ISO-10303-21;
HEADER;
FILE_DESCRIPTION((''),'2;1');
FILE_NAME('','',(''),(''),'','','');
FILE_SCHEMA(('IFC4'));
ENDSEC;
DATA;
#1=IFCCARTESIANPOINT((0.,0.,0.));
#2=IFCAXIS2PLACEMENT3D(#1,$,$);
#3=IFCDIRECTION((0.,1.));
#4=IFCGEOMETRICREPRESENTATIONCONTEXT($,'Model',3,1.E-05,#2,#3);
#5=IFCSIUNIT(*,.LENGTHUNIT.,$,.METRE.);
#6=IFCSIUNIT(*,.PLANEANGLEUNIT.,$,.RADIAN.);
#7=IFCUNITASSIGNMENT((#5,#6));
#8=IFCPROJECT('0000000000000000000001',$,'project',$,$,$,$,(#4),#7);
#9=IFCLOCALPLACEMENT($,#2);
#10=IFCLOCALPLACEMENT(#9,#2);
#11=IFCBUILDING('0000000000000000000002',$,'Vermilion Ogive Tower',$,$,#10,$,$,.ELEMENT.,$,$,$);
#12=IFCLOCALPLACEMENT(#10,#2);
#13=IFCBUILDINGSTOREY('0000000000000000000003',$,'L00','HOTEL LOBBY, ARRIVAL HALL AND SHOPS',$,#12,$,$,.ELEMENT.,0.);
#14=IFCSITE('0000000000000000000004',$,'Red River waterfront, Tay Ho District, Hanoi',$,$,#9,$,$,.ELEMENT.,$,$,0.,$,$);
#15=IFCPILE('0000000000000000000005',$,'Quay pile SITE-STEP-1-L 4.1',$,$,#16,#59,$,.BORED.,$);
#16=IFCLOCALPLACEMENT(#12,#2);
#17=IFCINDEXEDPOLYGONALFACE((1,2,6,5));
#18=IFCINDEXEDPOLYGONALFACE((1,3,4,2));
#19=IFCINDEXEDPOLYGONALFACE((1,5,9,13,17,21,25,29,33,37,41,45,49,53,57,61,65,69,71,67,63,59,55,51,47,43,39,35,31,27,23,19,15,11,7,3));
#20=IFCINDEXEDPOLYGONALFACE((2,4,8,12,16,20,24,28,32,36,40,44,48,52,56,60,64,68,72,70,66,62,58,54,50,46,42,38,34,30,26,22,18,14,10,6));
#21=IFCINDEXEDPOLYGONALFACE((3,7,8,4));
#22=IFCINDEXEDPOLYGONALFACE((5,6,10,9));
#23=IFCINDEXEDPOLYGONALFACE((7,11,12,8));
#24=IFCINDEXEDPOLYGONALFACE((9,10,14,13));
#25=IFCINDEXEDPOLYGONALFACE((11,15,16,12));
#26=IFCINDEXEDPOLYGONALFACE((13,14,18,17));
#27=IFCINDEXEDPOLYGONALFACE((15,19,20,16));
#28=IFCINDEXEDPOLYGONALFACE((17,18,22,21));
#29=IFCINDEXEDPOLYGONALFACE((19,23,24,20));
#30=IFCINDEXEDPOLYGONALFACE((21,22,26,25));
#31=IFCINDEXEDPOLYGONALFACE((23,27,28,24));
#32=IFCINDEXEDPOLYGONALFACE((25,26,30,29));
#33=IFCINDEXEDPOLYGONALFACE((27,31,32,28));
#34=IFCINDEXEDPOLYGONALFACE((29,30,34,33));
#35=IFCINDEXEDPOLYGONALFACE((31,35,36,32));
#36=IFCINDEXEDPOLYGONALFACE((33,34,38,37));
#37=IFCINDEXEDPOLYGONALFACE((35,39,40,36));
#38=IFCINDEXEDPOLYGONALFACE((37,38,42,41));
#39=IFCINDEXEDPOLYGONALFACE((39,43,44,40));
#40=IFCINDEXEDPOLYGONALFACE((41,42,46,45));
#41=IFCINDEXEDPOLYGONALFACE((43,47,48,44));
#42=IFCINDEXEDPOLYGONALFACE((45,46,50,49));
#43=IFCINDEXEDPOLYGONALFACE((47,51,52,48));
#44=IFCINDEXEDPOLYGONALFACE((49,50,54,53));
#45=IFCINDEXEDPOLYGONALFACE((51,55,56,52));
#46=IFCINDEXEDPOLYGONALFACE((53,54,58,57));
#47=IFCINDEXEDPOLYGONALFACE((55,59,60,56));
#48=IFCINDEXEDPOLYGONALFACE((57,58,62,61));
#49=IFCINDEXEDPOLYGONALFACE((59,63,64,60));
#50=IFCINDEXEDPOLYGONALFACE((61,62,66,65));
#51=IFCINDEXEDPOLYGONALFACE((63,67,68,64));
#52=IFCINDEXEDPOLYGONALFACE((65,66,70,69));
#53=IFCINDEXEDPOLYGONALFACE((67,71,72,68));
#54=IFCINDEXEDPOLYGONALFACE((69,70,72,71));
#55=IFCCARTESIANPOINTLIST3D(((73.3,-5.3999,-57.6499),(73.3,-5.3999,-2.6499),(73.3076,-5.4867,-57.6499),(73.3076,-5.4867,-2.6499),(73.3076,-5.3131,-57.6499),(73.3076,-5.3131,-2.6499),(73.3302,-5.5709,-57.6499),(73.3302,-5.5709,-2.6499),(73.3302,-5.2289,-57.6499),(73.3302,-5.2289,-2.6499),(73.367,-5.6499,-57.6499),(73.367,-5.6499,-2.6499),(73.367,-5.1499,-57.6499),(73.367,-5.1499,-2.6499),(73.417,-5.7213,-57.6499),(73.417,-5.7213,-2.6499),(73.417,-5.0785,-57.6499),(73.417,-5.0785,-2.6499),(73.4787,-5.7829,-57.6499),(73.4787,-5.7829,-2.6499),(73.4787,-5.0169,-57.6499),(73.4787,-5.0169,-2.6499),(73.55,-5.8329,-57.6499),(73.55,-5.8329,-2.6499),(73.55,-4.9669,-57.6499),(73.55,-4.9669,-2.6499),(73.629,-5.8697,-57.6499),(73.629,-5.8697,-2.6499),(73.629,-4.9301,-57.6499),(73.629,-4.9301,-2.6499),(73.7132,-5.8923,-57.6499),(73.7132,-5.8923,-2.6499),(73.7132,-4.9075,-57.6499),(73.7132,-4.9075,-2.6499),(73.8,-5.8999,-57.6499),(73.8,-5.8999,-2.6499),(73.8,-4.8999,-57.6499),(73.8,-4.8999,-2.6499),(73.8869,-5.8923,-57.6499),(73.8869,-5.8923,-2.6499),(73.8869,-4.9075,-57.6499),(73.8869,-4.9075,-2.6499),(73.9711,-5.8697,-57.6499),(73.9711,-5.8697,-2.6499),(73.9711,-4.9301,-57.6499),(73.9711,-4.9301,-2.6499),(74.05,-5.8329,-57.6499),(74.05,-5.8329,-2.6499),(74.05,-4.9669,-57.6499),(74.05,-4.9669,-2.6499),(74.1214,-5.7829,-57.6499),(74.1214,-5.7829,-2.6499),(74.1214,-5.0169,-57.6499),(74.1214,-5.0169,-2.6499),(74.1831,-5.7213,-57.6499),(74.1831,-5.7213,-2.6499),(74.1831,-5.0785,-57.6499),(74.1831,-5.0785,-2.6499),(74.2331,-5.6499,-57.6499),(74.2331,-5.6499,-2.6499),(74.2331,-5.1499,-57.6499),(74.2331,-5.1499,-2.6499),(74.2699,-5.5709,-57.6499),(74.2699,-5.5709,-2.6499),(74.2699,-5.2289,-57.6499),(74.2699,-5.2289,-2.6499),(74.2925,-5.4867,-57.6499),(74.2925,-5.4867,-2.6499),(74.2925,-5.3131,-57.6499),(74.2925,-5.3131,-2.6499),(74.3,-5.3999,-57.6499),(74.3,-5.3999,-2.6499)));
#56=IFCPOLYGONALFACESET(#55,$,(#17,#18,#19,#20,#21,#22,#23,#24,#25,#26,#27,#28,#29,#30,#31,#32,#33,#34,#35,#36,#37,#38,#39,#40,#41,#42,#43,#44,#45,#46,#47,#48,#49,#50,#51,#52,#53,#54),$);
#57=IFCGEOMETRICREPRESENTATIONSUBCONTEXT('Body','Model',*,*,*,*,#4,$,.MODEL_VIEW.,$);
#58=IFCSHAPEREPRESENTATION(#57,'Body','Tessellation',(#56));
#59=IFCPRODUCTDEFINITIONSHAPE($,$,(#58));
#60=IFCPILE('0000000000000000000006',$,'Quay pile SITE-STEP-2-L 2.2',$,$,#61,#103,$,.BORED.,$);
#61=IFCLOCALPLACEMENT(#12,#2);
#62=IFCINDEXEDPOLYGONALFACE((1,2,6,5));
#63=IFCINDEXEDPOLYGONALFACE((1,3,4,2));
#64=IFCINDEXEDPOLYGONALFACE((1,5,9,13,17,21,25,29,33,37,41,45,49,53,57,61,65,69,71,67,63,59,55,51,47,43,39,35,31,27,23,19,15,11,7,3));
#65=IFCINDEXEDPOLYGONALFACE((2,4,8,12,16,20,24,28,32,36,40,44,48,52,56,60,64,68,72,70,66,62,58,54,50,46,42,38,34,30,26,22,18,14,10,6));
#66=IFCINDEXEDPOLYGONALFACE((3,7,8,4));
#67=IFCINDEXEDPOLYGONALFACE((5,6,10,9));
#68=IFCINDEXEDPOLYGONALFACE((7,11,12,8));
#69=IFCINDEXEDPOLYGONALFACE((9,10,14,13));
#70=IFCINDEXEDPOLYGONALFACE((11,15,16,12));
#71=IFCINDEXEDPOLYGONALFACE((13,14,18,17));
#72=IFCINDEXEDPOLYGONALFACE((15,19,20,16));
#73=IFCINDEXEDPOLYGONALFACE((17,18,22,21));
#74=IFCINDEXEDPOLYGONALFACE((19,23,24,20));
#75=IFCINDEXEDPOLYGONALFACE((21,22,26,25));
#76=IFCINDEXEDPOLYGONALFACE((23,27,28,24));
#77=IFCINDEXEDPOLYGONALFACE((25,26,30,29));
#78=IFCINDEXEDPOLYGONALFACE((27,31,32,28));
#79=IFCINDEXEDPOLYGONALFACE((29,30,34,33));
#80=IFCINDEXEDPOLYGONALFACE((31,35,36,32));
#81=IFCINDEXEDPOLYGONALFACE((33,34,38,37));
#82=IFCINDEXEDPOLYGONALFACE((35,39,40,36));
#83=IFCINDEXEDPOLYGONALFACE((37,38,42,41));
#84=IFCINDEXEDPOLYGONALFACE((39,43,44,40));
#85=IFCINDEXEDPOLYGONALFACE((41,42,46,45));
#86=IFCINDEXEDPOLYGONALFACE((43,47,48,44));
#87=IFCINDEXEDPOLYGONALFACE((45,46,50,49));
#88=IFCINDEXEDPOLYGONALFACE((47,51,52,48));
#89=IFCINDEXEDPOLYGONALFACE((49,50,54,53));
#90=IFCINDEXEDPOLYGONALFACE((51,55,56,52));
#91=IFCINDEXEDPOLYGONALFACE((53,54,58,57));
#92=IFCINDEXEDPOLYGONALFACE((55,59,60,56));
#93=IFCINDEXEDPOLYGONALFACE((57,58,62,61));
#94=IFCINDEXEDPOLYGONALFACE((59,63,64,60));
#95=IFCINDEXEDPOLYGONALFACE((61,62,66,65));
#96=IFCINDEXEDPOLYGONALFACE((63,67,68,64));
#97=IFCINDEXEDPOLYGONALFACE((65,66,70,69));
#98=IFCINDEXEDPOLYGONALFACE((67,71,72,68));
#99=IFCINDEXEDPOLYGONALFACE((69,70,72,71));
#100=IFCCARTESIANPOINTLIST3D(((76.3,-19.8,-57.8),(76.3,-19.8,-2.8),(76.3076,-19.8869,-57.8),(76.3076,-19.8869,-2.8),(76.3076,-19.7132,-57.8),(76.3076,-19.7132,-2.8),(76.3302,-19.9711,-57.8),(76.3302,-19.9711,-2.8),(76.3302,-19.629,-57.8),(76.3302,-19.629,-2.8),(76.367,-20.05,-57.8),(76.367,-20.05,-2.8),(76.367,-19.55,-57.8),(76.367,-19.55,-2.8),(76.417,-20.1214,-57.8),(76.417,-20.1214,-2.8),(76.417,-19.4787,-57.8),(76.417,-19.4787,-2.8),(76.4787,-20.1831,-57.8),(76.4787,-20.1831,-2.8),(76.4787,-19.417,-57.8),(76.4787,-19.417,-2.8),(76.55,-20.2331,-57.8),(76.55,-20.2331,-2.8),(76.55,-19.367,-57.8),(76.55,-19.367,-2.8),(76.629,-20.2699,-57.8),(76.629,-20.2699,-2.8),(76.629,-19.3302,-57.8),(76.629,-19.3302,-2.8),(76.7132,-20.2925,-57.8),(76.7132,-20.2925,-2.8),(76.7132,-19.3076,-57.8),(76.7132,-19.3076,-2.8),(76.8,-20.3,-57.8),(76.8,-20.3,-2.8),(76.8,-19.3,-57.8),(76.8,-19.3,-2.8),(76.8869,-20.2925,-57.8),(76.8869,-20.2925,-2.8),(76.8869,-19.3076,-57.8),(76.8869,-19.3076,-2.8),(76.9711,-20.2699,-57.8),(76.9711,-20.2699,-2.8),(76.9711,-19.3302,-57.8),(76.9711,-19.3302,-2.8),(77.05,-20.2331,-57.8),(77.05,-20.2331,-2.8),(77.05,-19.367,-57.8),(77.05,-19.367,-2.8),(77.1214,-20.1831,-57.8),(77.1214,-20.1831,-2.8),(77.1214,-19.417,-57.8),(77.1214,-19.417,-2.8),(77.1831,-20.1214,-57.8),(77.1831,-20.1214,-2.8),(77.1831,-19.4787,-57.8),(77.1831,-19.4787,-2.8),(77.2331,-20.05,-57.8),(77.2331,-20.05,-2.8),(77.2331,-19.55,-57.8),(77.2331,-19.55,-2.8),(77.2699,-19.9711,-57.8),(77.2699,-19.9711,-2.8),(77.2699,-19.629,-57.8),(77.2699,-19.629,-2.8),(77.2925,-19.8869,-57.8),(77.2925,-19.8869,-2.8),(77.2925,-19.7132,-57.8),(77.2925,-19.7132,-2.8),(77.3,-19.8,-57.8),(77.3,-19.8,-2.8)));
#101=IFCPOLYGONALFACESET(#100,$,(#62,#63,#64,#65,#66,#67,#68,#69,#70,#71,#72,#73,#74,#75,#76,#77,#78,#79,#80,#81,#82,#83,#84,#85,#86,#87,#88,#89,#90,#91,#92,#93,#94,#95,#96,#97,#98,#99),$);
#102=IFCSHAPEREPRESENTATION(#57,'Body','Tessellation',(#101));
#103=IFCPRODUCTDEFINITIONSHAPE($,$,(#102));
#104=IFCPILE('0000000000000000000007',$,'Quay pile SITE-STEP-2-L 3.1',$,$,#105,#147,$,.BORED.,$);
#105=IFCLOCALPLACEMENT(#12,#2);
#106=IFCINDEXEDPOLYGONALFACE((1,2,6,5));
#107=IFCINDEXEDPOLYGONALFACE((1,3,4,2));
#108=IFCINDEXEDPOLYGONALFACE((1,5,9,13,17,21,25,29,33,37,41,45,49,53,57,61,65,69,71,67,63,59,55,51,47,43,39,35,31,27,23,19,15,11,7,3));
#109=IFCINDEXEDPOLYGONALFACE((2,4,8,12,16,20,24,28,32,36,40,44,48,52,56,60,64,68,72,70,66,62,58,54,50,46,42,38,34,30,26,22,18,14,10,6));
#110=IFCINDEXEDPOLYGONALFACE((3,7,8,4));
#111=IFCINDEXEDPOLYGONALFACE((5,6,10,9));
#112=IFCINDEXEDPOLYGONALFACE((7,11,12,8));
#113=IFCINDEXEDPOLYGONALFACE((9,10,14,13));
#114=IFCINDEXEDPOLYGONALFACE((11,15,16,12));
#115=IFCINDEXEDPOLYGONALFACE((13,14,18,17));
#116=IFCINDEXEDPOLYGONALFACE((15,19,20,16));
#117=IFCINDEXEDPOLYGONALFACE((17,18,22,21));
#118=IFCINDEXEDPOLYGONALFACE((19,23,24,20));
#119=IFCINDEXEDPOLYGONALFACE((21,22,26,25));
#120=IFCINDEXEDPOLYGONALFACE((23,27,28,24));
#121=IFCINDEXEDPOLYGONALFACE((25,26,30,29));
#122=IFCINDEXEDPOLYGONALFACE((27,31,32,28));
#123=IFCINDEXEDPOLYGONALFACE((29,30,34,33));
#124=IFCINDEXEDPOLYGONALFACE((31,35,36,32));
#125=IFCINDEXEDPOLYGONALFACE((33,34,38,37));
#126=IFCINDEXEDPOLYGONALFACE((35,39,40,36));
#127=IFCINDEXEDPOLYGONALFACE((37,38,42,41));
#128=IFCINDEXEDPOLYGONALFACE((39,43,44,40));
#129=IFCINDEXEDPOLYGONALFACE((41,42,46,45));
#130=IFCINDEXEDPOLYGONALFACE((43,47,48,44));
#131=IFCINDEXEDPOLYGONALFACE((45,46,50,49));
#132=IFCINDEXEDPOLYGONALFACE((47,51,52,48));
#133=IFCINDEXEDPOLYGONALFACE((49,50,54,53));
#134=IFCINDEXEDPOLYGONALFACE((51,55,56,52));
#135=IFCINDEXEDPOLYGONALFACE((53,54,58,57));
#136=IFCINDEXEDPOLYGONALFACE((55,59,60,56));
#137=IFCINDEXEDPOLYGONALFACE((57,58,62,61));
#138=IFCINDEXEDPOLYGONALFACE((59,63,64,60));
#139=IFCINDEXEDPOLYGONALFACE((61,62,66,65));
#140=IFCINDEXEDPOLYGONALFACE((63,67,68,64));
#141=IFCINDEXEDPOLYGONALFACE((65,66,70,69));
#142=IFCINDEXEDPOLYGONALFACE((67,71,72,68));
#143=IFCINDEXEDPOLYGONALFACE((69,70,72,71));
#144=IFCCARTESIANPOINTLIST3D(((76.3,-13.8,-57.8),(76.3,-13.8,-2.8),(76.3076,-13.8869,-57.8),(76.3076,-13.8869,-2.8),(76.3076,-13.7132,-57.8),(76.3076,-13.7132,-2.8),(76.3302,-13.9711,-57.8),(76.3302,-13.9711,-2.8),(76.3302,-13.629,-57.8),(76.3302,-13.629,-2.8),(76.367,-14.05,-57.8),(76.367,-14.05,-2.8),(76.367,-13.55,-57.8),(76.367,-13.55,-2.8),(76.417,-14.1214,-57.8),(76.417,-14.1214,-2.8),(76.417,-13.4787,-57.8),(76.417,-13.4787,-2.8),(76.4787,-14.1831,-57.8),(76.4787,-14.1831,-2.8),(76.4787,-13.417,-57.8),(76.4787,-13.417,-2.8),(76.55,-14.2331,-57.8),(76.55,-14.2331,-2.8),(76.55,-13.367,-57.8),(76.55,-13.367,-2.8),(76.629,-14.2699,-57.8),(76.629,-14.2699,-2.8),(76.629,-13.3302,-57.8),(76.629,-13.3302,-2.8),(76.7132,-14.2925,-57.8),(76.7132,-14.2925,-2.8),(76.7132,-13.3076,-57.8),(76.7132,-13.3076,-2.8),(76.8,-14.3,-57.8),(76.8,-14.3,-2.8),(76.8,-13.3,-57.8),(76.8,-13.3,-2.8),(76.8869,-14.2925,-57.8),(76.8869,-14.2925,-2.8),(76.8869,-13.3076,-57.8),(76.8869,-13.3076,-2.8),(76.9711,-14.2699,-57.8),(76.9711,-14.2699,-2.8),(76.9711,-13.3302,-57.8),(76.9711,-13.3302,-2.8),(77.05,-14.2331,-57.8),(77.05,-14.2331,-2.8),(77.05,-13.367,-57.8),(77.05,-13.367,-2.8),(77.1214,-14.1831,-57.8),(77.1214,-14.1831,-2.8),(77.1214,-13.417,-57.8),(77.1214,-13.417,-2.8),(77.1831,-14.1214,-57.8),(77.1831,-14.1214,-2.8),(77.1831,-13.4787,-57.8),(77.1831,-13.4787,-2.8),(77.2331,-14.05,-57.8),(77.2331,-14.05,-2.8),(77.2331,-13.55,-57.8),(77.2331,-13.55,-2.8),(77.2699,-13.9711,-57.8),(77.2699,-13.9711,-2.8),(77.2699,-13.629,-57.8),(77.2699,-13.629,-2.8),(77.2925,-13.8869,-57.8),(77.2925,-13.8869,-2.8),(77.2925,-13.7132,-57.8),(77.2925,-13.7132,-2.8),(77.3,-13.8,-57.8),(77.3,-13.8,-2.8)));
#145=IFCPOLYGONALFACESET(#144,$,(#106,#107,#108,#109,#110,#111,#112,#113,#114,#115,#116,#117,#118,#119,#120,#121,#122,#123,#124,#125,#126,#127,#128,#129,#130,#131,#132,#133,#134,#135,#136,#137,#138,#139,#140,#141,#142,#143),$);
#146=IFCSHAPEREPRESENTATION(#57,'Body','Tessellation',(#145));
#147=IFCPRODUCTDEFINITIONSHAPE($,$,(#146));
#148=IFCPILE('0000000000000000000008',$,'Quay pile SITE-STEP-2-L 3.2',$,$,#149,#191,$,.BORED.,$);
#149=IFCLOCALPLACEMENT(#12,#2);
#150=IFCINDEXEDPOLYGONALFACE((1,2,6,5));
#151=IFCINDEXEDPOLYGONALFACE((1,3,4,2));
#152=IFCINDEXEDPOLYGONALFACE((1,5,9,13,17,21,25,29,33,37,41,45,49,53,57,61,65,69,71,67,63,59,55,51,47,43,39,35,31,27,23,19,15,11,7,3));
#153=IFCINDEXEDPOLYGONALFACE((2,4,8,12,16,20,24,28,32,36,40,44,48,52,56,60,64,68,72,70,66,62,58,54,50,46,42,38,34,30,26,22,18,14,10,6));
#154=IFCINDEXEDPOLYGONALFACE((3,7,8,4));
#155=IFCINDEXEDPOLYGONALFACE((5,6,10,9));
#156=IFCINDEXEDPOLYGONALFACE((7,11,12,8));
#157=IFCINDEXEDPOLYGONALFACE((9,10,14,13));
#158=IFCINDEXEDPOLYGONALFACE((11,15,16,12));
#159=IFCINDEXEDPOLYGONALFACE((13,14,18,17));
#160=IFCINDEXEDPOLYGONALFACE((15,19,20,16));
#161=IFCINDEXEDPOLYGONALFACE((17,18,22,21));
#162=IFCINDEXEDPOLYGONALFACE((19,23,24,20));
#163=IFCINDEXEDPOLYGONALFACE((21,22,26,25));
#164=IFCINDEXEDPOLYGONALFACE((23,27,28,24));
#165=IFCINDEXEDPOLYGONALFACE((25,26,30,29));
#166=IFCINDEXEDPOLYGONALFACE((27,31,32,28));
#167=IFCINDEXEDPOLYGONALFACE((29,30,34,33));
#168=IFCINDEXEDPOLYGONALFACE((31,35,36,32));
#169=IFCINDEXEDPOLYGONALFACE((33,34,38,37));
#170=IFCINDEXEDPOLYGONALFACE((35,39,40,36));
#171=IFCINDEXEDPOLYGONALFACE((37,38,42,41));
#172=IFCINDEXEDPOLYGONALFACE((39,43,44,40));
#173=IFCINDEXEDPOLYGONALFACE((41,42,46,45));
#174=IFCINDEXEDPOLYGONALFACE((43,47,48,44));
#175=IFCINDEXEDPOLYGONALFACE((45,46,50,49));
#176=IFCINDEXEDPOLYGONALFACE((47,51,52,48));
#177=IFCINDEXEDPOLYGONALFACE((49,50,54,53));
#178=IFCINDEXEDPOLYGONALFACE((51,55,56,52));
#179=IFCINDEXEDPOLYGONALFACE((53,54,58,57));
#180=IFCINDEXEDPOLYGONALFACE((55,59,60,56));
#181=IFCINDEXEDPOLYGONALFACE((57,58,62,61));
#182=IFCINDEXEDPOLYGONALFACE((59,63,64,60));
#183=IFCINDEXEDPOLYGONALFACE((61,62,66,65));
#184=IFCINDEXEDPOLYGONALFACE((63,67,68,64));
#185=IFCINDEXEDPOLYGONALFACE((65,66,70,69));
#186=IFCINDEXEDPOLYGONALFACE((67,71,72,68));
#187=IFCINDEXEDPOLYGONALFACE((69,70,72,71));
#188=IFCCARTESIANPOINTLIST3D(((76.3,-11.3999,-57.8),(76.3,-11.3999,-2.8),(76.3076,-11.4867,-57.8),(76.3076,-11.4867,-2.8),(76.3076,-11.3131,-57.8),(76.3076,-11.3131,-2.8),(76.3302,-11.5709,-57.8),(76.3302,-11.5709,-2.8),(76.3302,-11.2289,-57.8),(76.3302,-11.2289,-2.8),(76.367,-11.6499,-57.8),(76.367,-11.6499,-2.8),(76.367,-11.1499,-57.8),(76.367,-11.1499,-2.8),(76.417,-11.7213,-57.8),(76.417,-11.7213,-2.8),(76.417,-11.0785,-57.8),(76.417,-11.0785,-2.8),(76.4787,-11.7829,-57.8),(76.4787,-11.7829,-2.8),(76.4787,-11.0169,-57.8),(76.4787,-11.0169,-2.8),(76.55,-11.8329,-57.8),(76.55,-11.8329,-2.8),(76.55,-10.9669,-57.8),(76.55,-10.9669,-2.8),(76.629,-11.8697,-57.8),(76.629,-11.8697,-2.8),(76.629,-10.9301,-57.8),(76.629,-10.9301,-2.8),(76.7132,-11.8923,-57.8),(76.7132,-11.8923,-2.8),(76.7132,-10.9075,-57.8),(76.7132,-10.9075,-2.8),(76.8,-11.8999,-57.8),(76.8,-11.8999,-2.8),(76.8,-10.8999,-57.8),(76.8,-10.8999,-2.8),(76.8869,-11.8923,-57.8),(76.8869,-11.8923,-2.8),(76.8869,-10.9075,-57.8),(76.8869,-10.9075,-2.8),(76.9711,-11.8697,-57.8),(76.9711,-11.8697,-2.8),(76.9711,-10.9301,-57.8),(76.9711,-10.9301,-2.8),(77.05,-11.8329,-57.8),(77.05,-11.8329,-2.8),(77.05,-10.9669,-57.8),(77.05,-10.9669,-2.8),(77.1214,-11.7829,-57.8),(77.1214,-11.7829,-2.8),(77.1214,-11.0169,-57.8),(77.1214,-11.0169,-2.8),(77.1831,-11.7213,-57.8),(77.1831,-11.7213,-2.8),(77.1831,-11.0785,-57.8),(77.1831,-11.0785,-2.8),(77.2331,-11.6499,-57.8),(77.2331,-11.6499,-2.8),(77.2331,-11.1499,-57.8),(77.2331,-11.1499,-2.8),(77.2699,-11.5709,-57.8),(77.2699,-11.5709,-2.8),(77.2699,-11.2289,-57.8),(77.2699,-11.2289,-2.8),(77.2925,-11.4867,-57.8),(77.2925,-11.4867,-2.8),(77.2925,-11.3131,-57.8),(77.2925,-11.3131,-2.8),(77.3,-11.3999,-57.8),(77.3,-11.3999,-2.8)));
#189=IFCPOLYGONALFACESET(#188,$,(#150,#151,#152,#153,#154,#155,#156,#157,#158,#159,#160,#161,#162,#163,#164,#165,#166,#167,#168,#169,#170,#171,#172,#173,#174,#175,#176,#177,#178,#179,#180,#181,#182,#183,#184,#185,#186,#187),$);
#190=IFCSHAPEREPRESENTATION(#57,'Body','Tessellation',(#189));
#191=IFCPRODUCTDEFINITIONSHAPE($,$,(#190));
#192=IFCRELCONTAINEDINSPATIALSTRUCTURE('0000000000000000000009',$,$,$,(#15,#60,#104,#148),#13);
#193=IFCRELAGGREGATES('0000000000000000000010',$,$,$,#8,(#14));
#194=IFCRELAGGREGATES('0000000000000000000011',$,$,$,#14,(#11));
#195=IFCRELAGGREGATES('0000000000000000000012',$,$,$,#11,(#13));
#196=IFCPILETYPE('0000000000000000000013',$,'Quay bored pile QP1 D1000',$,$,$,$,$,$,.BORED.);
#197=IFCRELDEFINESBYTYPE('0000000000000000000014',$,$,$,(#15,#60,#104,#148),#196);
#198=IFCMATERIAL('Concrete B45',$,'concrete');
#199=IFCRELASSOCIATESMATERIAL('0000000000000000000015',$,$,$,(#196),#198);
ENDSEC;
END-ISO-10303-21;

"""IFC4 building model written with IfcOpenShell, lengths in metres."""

from ifc_helpers import new_model, si_unit, direction, frame, origin, origin_2d, place, context, subcontext, project, spatial, circle, extrude, material, type_object, element, save


model = new_model("IFC4")

# Units and contexts
model_context = context("Model", 3, precision=1e-05, world=origin(), true_north=direction((0.0, 1.0)))
body_context = subcontext(model_context, "Body", "Model", "MODEL_VIEW")
ifc_project = project(units=[si_unit("LENGTHUNIT", "METRE"), si_unit("PLANEANGLEUNIT", "RADIAN")], contexts=[model_context])

# Site, building, storey
site_placement = place(None, origin())
site = spatial("IfcSite", under=ifc_project, at=site_placement, Name="Red River waterfront, Tay Ho District, Hanoi", CompositionType="ELEMENT", RefElevation=0.0)
building_placement = place(site_placement, origin())
building = spatial("IfcBuilding", under=site, at=building_placement, Name="Vermilion Ogive Tower", CompositionType="ELEMENT")
storey_placement = place(building_placement, origin())
storey = spatial("IfcBuildingStorey", under=building, at=storey_placement, Name="L00", Description="HOTEL LOBBY, ARRIVAL HALL AND SHOPS", CompositionType="ELEMENT", Elevation=0.0)

# Piles
ifc_material_1 = material(Name="Concrete B45", Category="concrete")
pile_type = type_object("IfcPileType", Name="Quay bored pile QP1 D1000", PredefinedType="BORED", material=ifc_material_1)
for number, where, z_axis, x_axis, name in (
    (1, (73.8, -5.3999, -2.6499), (0.0, 0.0, -1.0), (1.0, 0.0, 0.0), "Quay pile SITE-STEP-1-L 4.1"),
    (2, (76.8, -19.8, -2.8), (0.0, 0.0, -1.0), (1.0, 0.0, 0.0), "Quay pile SITE-STEP-2-L 2.2"),
    (3, (76.8, -13.8, -2.8), (0.0, 0.0, -1.0), (1.0, 0.0, 0.0), "Quay pile SITE-STEP-2-L 3.1"),
    (4, (76.8, -11.3999, -2.8), (0.0, 0.0, -1.0), (1.0, 0.0, 0.0), "Quay pile SITE-STEP-2-L 3.2"),
):
    element("IfcPile", number, at=place(storey_placement, frame(where, z_axis=z_axis, x_axis=x_axis)), inside=storey, type_object=pile_type, Name=name, PredefinedType="BORED", context=body_context, shape_type="SweptSolid", body=[
        extrude(circle(Radius=0.5, at=origin_2d()), origin(), (0.0, 0.0, 1.0), 55.0),
    ])

save(model, "model.ifc")
